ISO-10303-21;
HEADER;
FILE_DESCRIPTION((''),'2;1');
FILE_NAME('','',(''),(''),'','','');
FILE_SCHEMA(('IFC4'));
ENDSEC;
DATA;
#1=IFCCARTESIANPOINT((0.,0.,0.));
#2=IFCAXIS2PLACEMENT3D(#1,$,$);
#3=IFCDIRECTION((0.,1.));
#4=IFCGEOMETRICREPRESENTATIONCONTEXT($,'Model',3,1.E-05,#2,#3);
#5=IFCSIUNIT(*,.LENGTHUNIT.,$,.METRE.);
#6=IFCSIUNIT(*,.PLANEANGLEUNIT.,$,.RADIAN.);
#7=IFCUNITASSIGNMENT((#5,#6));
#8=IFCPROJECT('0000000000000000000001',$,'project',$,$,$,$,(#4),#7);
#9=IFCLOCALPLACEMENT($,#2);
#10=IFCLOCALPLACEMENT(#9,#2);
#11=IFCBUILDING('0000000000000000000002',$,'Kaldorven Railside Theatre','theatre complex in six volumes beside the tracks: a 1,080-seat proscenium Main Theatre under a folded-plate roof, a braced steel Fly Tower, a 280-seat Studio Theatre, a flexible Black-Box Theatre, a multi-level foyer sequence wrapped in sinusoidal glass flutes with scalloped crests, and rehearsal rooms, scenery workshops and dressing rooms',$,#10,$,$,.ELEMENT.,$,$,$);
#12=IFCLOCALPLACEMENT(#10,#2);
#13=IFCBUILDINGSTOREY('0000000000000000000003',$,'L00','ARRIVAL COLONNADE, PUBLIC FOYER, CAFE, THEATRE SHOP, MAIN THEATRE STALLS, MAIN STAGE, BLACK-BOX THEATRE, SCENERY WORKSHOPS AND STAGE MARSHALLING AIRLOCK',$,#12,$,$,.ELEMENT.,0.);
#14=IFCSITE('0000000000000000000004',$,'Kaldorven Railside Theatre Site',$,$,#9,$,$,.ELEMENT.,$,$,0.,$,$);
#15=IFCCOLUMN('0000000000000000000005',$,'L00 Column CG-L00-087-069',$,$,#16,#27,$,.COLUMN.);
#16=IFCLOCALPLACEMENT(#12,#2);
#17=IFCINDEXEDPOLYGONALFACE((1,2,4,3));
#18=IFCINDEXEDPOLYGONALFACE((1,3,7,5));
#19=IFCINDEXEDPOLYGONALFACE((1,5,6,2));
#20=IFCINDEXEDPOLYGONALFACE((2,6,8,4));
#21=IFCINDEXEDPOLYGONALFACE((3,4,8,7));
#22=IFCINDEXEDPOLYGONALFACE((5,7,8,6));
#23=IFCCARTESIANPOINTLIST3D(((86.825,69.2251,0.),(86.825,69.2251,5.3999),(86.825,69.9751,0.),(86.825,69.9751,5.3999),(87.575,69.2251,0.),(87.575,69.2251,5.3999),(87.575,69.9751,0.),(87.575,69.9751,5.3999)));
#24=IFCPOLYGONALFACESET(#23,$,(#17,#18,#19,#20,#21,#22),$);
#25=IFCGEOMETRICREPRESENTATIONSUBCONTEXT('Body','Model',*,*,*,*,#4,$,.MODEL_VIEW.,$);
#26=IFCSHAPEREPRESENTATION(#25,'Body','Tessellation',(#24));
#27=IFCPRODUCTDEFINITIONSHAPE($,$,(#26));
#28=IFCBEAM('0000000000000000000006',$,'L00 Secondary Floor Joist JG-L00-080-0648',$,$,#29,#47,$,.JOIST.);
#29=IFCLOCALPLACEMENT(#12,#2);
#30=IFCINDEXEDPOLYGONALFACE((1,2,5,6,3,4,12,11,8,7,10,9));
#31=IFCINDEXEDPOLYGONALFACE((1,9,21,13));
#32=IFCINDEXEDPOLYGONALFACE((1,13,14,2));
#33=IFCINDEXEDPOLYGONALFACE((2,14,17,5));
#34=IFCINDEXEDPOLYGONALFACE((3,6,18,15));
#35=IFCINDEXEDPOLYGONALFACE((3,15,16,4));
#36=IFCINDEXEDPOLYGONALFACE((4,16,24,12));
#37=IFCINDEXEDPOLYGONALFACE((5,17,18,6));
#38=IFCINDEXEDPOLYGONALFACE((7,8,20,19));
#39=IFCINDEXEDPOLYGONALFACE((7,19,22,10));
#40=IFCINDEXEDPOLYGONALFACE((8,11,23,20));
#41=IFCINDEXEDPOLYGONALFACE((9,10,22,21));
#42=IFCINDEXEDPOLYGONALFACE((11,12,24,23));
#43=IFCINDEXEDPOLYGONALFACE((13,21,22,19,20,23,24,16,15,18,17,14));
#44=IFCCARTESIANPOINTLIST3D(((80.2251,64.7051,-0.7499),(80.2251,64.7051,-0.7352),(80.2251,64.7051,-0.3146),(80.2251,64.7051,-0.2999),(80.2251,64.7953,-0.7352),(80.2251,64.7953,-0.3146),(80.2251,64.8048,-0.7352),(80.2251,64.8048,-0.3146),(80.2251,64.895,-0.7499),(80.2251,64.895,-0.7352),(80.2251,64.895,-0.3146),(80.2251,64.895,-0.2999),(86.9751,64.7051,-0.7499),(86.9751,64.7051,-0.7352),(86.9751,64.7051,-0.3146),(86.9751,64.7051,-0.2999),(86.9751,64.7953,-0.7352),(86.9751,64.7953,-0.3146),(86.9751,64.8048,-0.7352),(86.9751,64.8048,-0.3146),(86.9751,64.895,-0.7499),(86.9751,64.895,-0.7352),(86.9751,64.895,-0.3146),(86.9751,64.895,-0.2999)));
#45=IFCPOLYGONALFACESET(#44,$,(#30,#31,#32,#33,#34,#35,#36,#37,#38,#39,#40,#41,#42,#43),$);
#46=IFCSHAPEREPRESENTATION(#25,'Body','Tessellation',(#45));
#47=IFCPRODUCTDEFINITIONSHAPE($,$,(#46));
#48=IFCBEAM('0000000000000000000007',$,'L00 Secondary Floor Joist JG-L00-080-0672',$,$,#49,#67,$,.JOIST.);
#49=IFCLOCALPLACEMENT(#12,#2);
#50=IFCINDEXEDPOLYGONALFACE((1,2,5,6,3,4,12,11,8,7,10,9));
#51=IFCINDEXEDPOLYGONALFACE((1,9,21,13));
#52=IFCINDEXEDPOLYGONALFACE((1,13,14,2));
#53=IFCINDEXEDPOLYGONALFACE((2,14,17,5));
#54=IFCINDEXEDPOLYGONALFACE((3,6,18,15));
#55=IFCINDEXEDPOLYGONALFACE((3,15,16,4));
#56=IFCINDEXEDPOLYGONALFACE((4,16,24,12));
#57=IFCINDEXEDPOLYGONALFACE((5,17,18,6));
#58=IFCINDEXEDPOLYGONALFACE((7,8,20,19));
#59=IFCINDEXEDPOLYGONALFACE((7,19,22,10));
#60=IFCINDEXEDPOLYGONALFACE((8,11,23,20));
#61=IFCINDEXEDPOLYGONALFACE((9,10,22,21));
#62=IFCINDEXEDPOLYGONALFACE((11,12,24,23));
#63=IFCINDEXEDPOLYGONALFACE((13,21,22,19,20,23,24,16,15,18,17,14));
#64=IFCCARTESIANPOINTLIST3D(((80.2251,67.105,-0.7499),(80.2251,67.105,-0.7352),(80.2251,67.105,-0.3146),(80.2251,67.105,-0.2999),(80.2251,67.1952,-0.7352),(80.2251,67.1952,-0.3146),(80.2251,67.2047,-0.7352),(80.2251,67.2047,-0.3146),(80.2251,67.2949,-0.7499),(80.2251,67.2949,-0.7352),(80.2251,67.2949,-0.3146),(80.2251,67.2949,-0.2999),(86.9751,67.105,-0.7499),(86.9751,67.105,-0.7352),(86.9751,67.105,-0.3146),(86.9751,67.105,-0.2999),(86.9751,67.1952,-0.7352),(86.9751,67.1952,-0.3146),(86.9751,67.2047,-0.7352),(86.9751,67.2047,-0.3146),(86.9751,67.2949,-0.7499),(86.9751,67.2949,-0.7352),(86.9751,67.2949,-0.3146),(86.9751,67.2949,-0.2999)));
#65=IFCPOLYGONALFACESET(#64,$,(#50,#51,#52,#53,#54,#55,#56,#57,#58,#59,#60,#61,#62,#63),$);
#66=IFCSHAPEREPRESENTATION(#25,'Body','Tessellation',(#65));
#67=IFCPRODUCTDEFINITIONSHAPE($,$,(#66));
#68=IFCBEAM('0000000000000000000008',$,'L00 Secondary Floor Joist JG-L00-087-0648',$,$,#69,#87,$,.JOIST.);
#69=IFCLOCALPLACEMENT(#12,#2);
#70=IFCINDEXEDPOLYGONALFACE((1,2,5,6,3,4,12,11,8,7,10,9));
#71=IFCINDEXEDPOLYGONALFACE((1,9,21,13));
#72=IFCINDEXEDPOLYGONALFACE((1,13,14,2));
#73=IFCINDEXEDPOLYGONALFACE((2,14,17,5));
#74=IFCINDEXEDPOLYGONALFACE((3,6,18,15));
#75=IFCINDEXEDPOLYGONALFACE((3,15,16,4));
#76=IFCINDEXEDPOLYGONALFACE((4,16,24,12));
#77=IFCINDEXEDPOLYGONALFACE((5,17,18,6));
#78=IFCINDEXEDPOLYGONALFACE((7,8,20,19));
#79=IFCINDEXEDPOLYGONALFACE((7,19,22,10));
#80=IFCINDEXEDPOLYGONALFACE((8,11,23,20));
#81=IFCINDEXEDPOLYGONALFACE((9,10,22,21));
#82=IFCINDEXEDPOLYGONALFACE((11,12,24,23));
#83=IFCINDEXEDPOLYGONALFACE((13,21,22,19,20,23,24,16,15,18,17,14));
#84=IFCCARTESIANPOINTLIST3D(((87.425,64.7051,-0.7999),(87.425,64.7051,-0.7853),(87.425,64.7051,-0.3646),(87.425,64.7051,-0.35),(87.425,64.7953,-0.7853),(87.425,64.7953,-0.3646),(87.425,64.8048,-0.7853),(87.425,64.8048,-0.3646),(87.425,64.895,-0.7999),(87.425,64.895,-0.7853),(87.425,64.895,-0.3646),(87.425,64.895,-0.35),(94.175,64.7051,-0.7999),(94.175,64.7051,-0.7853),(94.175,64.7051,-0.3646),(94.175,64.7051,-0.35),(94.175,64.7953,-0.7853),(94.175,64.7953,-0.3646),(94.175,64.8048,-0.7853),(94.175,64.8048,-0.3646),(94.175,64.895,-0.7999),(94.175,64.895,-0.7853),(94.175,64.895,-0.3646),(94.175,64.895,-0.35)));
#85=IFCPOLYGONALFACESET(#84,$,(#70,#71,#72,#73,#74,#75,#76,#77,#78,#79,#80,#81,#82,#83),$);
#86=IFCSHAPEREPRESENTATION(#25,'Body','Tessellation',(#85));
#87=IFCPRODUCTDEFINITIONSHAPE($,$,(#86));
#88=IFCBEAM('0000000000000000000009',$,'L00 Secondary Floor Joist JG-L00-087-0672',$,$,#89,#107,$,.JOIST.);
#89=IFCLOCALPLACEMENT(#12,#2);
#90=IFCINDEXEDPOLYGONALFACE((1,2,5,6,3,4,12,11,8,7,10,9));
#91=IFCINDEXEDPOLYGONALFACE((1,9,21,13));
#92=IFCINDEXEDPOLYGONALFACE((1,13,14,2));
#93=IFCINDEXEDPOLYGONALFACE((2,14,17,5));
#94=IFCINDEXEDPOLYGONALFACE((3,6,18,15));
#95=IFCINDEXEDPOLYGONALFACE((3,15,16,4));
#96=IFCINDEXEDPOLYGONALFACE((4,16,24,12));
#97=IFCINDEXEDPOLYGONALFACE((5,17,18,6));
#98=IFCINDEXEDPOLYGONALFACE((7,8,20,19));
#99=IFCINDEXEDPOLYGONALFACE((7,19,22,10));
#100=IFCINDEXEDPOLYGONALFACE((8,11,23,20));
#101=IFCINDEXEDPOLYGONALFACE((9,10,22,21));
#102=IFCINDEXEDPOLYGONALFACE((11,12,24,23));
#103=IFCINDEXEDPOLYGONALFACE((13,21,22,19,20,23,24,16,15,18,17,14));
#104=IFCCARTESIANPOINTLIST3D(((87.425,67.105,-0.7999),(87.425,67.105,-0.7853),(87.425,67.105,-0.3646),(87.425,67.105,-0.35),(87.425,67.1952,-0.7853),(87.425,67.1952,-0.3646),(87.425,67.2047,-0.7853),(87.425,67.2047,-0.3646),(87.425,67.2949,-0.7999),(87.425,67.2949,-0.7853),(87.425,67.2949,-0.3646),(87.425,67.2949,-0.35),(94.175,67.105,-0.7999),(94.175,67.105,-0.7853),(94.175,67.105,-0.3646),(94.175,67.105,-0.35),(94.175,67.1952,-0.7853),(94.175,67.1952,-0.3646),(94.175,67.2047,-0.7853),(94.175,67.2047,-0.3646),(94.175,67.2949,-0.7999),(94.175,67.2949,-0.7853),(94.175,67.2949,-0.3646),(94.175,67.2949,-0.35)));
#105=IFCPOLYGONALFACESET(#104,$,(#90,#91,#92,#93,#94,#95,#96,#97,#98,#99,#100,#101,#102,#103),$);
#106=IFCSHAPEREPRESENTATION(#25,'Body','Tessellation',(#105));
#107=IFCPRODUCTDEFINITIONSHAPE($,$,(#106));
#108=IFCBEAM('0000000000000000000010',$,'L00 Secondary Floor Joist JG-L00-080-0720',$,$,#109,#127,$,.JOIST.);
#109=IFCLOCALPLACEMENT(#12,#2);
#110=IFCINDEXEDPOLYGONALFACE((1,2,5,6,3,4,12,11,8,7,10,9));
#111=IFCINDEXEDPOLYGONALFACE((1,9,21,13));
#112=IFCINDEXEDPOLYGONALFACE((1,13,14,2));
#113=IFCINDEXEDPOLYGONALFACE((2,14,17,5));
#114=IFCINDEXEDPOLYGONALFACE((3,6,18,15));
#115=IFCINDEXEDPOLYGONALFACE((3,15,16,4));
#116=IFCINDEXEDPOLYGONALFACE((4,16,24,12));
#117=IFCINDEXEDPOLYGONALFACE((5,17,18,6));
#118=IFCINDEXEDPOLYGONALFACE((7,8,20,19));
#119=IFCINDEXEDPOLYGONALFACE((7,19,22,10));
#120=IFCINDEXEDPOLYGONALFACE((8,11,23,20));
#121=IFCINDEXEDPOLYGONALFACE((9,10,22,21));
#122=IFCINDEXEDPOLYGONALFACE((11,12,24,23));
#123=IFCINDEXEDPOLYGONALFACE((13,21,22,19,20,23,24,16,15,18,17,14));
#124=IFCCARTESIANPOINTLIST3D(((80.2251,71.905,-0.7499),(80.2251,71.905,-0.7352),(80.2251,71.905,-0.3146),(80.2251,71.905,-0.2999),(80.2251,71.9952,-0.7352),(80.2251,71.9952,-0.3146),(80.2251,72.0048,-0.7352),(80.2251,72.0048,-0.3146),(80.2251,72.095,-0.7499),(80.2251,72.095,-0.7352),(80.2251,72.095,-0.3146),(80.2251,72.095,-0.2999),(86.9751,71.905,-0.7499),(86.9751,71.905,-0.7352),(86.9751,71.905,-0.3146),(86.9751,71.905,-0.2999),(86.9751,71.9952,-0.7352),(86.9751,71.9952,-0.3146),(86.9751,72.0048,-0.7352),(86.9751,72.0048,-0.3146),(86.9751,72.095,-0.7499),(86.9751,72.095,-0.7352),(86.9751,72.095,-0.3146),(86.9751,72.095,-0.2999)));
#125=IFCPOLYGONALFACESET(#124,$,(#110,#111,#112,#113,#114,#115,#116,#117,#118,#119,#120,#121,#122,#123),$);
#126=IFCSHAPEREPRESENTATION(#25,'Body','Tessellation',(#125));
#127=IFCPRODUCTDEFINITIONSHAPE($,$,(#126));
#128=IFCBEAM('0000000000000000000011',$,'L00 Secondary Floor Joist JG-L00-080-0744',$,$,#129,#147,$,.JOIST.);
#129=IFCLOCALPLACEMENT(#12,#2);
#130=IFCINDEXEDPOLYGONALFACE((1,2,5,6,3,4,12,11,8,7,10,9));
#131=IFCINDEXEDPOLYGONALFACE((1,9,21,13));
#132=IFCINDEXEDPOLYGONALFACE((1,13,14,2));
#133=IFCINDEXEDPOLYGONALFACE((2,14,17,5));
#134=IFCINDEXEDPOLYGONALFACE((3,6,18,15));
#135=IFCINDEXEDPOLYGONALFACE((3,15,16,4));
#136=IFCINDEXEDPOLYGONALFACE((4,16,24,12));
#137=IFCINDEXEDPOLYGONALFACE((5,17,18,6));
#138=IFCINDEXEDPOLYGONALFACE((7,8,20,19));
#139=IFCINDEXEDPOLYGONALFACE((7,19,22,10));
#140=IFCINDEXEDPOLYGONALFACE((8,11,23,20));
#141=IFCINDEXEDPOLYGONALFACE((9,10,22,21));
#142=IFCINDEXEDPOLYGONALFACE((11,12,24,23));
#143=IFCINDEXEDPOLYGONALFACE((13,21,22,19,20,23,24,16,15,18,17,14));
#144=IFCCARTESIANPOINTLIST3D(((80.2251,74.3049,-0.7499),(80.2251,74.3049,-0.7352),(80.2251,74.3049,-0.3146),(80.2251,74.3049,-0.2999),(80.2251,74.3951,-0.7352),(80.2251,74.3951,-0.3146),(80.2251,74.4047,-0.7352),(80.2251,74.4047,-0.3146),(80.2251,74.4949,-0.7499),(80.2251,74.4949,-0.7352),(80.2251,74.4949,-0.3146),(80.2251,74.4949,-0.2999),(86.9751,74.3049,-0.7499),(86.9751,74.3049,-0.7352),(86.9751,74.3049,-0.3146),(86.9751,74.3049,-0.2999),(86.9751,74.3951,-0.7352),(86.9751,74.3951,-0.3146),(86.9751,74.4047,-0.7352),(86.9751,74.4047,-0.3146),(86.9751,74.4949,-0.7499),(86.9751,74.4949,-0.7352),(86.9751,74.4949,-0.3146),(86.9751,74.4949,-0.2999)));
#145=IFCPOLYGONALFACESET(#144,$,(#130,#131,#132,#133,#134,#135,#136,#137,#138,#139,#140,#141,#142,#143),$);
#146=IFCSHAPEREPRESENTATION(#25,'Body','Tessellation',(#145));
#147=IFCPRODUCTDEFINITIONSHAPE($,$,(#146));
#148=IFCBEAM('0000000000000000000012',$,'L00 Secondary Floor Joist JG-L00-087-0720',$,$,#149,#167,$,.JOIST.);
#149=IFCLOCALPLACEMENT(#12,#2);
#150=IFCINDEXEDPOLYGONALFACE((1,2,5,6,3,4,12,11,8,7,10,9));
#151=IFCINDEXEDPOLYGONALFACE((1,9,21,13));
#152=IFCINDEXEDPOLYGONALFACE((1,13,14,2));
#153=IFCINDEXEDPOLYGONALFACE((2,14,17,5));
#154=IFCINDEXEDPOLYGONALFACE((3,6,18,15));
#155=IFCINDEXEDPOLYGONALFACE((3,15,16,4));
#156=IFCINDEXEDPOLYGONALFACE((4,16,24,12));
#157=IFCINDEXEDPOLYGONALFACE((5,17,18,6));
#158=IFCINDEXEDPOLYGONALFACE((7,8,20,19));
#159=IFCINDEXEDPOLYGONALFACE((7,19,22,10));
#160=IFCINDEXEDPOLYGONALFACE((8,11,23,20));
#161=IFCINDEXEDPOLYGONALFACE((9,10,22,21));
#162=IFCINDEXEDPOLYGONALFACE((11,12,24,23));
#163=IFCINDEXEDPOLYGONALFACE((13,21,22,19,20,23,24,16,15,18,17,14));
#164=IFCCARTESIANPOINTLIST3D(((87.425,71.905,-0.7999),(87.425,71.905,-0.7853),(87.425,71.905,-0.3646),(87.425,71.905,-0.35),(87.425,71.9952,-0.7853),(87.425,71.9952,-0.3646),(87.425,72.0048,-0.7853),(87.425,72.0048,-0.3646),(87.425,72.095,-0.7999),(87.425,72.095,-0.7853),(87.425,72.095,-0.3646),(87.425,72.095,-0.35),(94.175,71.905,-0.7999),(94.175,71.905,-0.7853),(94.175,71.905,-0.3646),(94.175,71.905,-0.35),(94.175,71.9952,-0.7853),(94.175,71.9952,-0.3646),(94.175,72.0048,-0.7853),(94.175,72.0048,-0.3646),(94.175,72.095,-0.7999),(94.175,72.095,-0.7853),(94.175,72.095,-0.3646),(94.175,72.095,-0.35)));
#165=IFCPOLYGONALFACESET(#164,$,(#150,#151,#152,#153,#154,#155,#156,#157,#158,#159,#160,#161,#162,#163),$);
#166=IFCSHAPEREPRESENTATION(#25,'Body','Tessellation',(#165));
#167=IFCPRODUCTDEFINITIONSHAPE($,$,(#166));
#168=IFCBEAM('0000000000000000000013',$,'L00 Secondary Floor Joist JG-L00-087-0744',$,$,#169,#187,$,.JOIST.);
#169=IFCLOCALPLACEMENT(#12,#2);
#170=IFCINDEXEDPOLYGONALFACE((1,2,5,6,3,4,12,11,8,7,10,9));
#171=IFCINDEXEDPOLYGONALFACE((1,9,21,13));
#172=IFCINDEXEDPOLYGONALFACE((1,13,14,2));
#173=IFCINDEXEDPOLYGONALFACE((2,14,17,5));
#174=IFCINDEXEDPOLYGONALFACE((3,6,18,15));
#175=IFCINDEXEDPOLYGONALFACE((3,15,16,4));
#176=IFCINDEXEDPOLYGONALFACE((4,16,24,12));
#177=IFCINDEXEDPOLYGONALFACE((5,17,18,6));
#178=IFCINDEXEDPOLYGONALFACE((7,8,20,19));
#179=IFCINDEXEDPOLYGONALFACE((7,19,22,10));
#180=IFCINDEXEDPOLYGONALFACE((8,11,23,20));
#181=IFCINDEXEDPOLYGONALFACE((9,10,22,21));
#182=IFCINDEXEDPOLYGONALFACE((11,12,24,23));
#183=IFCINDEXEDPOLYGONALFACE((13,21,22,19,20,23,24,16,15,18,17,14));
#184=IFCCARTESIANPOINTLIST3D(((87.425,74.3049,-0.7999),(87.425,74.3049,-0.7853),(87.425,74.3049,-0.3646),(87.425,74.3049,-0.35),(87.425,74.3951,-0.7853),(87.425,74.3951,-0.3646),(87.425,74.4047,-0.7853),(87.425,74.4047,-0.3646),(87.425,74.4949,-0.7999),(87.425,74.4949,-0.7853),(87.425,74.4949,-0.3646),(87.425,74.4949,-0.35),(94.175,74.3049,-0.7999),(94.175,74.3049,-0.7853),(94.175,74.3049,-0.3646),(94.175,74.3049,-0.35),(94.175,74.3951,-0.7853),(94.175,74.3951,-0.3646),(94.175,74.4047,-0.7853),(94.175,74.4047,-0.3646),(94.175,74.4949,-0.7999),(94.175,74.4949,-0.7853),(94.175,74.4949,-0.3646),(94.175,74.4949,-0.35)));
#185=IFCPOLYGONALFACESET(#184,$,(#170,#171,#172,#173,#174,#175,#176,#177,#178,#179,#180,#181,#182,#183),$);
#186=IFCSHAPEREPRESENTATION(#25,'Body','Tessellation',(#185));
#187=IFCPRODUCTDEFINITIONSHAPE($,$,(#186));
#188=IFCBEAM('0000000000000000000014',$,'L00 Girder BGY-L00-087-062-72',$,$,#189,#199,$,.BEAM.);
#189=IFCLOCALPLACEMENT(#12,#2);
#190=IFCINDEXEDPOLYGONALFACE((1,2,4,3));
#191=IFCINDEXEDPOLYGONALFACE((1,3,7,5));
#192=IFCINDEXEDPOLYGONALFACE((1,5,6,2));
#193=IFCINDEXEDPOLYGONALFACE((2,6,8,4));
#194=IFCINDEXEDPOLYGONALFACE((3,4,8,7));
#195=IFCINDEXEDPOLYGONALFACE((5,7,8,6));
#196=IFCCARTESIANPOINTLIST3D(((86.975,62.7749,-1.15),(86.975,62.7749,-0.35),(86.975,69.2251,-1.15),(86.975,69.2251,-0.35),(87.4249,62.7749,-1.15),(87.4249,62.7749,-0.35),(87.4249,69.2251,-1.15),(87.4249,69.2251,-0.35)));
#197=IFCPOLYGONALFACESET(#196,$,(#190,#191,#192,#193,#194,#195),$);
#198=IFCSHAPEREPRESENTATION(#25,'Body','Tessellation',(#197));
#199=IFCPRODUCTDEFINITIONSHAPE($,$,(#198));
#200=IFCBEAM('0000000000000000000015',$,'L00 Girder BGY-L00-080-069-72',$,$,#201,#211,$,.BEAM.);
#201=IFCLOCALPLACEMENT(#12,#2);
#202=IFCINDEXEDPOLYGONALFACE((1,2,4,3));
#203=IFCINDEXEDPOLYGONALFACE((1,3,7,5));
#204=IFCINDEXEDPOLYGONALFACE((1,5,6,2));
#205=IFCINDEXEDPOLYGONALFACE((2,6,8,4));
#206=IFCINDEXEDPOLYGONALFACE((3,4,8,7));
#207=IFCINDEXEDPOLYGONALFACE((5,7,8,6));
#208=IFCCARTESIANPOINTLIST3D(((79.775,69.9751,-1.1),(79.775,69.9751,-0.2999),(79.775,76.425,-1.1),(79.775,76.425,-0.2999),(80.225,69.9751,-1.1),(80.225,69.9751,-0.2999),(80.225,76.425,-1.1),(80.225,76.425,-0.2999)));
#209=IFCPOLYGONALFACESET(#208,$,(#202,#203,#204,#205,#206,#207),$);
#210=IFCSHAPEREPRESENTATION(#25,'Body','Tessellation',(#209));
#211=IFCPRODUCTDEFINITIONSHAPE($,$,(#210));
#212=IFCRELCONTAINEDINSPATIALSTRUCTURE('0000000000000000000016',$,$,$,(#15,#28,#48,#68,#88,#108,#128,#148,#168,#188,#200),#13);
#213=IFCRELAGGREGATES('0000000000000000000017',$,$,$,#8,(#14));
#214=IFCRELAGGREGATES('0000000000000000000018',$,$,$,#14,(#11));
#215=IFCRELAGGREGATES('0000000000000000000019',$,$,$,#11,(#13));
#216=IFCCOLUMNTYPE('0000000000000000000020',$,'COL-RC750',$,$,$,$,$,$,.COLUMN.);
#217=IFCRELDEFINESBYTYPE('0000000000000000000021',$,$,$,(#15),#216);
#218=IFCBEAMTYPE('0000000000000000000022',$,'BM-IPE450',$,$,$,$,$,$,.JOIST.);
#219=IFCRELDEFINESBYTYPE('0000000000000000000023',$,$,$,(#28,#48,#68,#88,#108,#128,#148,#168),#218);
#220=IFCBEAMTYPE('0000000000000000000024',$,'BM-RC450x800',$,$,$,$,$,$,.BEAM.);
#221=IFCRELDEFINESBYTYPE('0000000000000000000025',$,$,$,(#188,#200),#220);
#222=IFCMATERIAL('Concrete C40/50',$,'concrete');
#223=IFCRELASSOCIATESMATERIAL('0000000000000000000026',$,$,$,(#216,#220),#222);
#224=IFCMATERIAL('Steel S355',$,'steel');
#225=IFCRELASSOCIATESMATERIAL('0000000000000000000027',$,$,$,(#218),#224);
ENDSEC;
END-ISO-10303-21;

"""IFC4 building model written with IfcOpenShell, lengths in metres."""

from ifc_helpers import new_model, si_unit, direction, frame, origin, origin_2d, place, context, subcontext, project, spatial, rectangle, i_section, extrude, material, material_profile, profile_set, type_object, element, save


model = new_model("IFC4")

# Units and contexts
model_context = context("Model", 3, precision=1e-05, world=origin(), true_north=direction((0.0, 1.0)))
body_context = subcontext(model_context, "Body", "Model", "MODEL_VIEW")
ifc_project = project(units=[si_unit("LENGTHUNIT", "METRE"), si_unit("PLANEANGLEUNIT", "RADIAN")], contexts=[model_context])

# Site, building, storey
site_placement = place(None, origin())
site = spatial("IfcSite", under=ifc_project, at=site_placement, Name="Kaldorven Railside Theatre Site", CompositionType="ELEMENT", RefElevation=0.0)
building_placement = place(site_placement, origin())
building = spatial("IfcBuilding", under=site, at=building_placement, Name="Kaldorven Railside Theatre", Description="theatre complex in six volumes beside the tracks: a 1,080-seat proscenium Main Theatre under a folded-plate roof, a braced steel Fly Tower, a 280-seat Studio Theatre, a flexible Black-Box Theatre, a multi-level foyer sequence wrapped in sinusoidal glass flutes with scalloped crests, and rehearsal rooms, scenery workshops and dressing rooms", CompositionType="ELEMENT")
storey_placement = place(building_placement, origin())
storey = spatial("IfcBuildingStorey", under=building, at=storey_placement, Name="L00", Description="ARRIVAL COLONNADE, PUBLIC FOYER, CAFE, THEATRE SHOP, MAIN THEATRE STALLS, MAIN STAGE, BLACK-BOX THEATRE, SCENERY WORKSHOPS AND STAGE MARSHALLING AIRLOCK", CompositionType="ELEMENT", Elevation=0.0)

# Column
ifc_material_1 = material(Name="Concrete C40/50", Category="concrete")
ifc_material_profile_1 = material_profile(ifc_material_1, rectangle(XDim=0.75, YDim=0.75, at=origin_2d()), Name="RC 750x750")
ifc_profile_set_1 = profile_set([ifc_material_profile_1], Name="Concrete C40/50")
column_type = type_object("IfcColumnType", Name="COL-RC750", PredefinedType="COLUMN", material=ifc_profile_set_1)
column_placement = place(storey_placement, frame((87.2, 69.6001, 0.0), z_axis=(0.0, 0.0, 1.0), x_axis=(1.0, 0.0, 0.0)))
element("IfcColumn", 1, at=column_placement, inside=storey, type_object=column_type, Name="L00 Column CG-L00-087-069", PredefinedType="COLUMN", context=body_context, shape_type="SweptSolid", body=[
    extrude(rectangle(XDim=0.75, YDim=0.75, at=origin_2d()), origin(), (0.0, 0.0, 1.0), 5.3999),
])

# Beams
ifc_material_2 = material(Name="Steel S355", Category="steel")
ifc_material_profile_2 = material_profile(ifc_material_2, i_section(OverallWidth=0.1899, OverallDepth=0.45, WebThickness=0.0095, FlangeThickness=0.0146, at=origin_2d()), Name="IPE 450")
ifc_profile_set_2 = profile_set([ifc_material_profile_2], Name="Steel S355")
beam_type_1 = type_object("IfcBeamType", Name="BM-IPE450", PredefinedType="JOIST", material=ifc_profile_set_2)
for number, where, z_axis, x_axis, name in (
    (2, (80.2251, 64.8, -0.5249), (1.0, 0.0, 0.0), (0.0, 1.0, 0.0), "L00 Secondary Floor Joist JG-L00-080-0648"),
    (3, (80.2251, 67.2, -0.5249), (1.0, 0.0, 0.0), (0.0, 1.0, 0.0), "L00 Secondary Floor Joist JG-L00-080-0672"),
    (4, (87.425, 64.8, -0.575), (1.0, 0.0, 0.0), (0.0, 1.0, 0.0), "L00 Secondary Floor Joist JG-L00-087-0648"),
    (5, (87.425, 67.2, -0.575), (1.0, 0.0, 0.0), (0.0, 1.0, 0.0), "L00 Secondary Floor Joist JG-L00-087-0672"),
    (6, (80.2251, 72.0, -0.5249), (1.0, 0.0, 0.0), (0.0, 1.0, 0.0), "L00 Secondary Floor Joist JG-L00-080-0720"),
    (7, (80.2251, 74.3999, -0.5249), (1.0, 0.0, 0.0), (0.0, 1.0, 0.0), "L00 Secondary Floor Joist JG-L00-080-0744"),
    (8, (87.425, 72.0, -0.575), (1.0, 0.0, 0.0), (0.0, 1.0, 0.0), "L00 Secondary Floor Joist JG-L00-087-0720"),
    (9, (87.425, 74.3999, -0.575), (1.0, 0.0, 0.0), (0.0, 1.0, 0.0), "L00 Secondary Floor Joist JG-L00-087-0744"),
):
    element("IfcBeam", number, at=place(storey_placement, frame(where, z_axis=z_axis, x_axis=x_axis)), inside=storey, type_object=beam_type_1, Name=name, PredefinedType="JOIST", context=body_context, shape_type="SweptSolid", body=[
        extrude(i_section(OverallWidth=0.1899, OverallDepth=0.45, WebThickness=0.0095, FlangeThickness=0.0146, at=origin_2d()), origin(), (0.0, 0.0, 1.0), 6.75),
    ])
ifc_material_profile_3 = material_profile(ifc_material_1, rectangle(XDim=0.45, YDim=0.8, at=origin_2d()), Name="RC 450x800")
ifc_profile_set_3 = profile_set([ifc_material_profile_3], Name="Concrete C40/50")
beam_type_2 = type_object("IfcBeamType", Name="BM-RC450x800", PredefinedType="BEAM", material=ifc_profile_set_3)
beam_placement = place(storey_placement, frame((87.2, 62.7749, -0.75), z_axis=(0.0, 1.0, 0.0), x_axis=(-1.0, 0.0, 0.0)))
element("IfcBeam", 10, at=beam_placement, inside=storey, type_object=beam_type_2, Name="L00 Girder BGY-L00-087-062-72", PredefinedType="BEAM", context=body_context, shape_type="SweptSolid", body=[
    extrude(rectangle(XDim=0.45, YDim=0.8, at=origin_2d()), origin(), (0.0, 0.0, 1.0), 6.4502),
])
for number, where, z_axis, x_axis, name in (
    (11, (80.0, 69.9751, -0.7), (0.0, 1.0, 0.0), (-1.0, 0.0, 0.0), "L00 Girder BGY-L00-080-069-72"),
):
    element("IfcBeam", number, at=place(storey_placement, frame(where, z_axis=z_axis, x_axis=x_axis)), inside=storey, type_object=beam_type_2, Name=name, PredefinedType="BEAM", context=body_context, shape_type="SweptSolid", body=[
        extrude(rectangle(XDim=0.45, YDim=0.8, at=origin_2d()), origin(), (0.0, 0.0, 1.0), 6.45),
    ])

save(model, "model.ifc")
